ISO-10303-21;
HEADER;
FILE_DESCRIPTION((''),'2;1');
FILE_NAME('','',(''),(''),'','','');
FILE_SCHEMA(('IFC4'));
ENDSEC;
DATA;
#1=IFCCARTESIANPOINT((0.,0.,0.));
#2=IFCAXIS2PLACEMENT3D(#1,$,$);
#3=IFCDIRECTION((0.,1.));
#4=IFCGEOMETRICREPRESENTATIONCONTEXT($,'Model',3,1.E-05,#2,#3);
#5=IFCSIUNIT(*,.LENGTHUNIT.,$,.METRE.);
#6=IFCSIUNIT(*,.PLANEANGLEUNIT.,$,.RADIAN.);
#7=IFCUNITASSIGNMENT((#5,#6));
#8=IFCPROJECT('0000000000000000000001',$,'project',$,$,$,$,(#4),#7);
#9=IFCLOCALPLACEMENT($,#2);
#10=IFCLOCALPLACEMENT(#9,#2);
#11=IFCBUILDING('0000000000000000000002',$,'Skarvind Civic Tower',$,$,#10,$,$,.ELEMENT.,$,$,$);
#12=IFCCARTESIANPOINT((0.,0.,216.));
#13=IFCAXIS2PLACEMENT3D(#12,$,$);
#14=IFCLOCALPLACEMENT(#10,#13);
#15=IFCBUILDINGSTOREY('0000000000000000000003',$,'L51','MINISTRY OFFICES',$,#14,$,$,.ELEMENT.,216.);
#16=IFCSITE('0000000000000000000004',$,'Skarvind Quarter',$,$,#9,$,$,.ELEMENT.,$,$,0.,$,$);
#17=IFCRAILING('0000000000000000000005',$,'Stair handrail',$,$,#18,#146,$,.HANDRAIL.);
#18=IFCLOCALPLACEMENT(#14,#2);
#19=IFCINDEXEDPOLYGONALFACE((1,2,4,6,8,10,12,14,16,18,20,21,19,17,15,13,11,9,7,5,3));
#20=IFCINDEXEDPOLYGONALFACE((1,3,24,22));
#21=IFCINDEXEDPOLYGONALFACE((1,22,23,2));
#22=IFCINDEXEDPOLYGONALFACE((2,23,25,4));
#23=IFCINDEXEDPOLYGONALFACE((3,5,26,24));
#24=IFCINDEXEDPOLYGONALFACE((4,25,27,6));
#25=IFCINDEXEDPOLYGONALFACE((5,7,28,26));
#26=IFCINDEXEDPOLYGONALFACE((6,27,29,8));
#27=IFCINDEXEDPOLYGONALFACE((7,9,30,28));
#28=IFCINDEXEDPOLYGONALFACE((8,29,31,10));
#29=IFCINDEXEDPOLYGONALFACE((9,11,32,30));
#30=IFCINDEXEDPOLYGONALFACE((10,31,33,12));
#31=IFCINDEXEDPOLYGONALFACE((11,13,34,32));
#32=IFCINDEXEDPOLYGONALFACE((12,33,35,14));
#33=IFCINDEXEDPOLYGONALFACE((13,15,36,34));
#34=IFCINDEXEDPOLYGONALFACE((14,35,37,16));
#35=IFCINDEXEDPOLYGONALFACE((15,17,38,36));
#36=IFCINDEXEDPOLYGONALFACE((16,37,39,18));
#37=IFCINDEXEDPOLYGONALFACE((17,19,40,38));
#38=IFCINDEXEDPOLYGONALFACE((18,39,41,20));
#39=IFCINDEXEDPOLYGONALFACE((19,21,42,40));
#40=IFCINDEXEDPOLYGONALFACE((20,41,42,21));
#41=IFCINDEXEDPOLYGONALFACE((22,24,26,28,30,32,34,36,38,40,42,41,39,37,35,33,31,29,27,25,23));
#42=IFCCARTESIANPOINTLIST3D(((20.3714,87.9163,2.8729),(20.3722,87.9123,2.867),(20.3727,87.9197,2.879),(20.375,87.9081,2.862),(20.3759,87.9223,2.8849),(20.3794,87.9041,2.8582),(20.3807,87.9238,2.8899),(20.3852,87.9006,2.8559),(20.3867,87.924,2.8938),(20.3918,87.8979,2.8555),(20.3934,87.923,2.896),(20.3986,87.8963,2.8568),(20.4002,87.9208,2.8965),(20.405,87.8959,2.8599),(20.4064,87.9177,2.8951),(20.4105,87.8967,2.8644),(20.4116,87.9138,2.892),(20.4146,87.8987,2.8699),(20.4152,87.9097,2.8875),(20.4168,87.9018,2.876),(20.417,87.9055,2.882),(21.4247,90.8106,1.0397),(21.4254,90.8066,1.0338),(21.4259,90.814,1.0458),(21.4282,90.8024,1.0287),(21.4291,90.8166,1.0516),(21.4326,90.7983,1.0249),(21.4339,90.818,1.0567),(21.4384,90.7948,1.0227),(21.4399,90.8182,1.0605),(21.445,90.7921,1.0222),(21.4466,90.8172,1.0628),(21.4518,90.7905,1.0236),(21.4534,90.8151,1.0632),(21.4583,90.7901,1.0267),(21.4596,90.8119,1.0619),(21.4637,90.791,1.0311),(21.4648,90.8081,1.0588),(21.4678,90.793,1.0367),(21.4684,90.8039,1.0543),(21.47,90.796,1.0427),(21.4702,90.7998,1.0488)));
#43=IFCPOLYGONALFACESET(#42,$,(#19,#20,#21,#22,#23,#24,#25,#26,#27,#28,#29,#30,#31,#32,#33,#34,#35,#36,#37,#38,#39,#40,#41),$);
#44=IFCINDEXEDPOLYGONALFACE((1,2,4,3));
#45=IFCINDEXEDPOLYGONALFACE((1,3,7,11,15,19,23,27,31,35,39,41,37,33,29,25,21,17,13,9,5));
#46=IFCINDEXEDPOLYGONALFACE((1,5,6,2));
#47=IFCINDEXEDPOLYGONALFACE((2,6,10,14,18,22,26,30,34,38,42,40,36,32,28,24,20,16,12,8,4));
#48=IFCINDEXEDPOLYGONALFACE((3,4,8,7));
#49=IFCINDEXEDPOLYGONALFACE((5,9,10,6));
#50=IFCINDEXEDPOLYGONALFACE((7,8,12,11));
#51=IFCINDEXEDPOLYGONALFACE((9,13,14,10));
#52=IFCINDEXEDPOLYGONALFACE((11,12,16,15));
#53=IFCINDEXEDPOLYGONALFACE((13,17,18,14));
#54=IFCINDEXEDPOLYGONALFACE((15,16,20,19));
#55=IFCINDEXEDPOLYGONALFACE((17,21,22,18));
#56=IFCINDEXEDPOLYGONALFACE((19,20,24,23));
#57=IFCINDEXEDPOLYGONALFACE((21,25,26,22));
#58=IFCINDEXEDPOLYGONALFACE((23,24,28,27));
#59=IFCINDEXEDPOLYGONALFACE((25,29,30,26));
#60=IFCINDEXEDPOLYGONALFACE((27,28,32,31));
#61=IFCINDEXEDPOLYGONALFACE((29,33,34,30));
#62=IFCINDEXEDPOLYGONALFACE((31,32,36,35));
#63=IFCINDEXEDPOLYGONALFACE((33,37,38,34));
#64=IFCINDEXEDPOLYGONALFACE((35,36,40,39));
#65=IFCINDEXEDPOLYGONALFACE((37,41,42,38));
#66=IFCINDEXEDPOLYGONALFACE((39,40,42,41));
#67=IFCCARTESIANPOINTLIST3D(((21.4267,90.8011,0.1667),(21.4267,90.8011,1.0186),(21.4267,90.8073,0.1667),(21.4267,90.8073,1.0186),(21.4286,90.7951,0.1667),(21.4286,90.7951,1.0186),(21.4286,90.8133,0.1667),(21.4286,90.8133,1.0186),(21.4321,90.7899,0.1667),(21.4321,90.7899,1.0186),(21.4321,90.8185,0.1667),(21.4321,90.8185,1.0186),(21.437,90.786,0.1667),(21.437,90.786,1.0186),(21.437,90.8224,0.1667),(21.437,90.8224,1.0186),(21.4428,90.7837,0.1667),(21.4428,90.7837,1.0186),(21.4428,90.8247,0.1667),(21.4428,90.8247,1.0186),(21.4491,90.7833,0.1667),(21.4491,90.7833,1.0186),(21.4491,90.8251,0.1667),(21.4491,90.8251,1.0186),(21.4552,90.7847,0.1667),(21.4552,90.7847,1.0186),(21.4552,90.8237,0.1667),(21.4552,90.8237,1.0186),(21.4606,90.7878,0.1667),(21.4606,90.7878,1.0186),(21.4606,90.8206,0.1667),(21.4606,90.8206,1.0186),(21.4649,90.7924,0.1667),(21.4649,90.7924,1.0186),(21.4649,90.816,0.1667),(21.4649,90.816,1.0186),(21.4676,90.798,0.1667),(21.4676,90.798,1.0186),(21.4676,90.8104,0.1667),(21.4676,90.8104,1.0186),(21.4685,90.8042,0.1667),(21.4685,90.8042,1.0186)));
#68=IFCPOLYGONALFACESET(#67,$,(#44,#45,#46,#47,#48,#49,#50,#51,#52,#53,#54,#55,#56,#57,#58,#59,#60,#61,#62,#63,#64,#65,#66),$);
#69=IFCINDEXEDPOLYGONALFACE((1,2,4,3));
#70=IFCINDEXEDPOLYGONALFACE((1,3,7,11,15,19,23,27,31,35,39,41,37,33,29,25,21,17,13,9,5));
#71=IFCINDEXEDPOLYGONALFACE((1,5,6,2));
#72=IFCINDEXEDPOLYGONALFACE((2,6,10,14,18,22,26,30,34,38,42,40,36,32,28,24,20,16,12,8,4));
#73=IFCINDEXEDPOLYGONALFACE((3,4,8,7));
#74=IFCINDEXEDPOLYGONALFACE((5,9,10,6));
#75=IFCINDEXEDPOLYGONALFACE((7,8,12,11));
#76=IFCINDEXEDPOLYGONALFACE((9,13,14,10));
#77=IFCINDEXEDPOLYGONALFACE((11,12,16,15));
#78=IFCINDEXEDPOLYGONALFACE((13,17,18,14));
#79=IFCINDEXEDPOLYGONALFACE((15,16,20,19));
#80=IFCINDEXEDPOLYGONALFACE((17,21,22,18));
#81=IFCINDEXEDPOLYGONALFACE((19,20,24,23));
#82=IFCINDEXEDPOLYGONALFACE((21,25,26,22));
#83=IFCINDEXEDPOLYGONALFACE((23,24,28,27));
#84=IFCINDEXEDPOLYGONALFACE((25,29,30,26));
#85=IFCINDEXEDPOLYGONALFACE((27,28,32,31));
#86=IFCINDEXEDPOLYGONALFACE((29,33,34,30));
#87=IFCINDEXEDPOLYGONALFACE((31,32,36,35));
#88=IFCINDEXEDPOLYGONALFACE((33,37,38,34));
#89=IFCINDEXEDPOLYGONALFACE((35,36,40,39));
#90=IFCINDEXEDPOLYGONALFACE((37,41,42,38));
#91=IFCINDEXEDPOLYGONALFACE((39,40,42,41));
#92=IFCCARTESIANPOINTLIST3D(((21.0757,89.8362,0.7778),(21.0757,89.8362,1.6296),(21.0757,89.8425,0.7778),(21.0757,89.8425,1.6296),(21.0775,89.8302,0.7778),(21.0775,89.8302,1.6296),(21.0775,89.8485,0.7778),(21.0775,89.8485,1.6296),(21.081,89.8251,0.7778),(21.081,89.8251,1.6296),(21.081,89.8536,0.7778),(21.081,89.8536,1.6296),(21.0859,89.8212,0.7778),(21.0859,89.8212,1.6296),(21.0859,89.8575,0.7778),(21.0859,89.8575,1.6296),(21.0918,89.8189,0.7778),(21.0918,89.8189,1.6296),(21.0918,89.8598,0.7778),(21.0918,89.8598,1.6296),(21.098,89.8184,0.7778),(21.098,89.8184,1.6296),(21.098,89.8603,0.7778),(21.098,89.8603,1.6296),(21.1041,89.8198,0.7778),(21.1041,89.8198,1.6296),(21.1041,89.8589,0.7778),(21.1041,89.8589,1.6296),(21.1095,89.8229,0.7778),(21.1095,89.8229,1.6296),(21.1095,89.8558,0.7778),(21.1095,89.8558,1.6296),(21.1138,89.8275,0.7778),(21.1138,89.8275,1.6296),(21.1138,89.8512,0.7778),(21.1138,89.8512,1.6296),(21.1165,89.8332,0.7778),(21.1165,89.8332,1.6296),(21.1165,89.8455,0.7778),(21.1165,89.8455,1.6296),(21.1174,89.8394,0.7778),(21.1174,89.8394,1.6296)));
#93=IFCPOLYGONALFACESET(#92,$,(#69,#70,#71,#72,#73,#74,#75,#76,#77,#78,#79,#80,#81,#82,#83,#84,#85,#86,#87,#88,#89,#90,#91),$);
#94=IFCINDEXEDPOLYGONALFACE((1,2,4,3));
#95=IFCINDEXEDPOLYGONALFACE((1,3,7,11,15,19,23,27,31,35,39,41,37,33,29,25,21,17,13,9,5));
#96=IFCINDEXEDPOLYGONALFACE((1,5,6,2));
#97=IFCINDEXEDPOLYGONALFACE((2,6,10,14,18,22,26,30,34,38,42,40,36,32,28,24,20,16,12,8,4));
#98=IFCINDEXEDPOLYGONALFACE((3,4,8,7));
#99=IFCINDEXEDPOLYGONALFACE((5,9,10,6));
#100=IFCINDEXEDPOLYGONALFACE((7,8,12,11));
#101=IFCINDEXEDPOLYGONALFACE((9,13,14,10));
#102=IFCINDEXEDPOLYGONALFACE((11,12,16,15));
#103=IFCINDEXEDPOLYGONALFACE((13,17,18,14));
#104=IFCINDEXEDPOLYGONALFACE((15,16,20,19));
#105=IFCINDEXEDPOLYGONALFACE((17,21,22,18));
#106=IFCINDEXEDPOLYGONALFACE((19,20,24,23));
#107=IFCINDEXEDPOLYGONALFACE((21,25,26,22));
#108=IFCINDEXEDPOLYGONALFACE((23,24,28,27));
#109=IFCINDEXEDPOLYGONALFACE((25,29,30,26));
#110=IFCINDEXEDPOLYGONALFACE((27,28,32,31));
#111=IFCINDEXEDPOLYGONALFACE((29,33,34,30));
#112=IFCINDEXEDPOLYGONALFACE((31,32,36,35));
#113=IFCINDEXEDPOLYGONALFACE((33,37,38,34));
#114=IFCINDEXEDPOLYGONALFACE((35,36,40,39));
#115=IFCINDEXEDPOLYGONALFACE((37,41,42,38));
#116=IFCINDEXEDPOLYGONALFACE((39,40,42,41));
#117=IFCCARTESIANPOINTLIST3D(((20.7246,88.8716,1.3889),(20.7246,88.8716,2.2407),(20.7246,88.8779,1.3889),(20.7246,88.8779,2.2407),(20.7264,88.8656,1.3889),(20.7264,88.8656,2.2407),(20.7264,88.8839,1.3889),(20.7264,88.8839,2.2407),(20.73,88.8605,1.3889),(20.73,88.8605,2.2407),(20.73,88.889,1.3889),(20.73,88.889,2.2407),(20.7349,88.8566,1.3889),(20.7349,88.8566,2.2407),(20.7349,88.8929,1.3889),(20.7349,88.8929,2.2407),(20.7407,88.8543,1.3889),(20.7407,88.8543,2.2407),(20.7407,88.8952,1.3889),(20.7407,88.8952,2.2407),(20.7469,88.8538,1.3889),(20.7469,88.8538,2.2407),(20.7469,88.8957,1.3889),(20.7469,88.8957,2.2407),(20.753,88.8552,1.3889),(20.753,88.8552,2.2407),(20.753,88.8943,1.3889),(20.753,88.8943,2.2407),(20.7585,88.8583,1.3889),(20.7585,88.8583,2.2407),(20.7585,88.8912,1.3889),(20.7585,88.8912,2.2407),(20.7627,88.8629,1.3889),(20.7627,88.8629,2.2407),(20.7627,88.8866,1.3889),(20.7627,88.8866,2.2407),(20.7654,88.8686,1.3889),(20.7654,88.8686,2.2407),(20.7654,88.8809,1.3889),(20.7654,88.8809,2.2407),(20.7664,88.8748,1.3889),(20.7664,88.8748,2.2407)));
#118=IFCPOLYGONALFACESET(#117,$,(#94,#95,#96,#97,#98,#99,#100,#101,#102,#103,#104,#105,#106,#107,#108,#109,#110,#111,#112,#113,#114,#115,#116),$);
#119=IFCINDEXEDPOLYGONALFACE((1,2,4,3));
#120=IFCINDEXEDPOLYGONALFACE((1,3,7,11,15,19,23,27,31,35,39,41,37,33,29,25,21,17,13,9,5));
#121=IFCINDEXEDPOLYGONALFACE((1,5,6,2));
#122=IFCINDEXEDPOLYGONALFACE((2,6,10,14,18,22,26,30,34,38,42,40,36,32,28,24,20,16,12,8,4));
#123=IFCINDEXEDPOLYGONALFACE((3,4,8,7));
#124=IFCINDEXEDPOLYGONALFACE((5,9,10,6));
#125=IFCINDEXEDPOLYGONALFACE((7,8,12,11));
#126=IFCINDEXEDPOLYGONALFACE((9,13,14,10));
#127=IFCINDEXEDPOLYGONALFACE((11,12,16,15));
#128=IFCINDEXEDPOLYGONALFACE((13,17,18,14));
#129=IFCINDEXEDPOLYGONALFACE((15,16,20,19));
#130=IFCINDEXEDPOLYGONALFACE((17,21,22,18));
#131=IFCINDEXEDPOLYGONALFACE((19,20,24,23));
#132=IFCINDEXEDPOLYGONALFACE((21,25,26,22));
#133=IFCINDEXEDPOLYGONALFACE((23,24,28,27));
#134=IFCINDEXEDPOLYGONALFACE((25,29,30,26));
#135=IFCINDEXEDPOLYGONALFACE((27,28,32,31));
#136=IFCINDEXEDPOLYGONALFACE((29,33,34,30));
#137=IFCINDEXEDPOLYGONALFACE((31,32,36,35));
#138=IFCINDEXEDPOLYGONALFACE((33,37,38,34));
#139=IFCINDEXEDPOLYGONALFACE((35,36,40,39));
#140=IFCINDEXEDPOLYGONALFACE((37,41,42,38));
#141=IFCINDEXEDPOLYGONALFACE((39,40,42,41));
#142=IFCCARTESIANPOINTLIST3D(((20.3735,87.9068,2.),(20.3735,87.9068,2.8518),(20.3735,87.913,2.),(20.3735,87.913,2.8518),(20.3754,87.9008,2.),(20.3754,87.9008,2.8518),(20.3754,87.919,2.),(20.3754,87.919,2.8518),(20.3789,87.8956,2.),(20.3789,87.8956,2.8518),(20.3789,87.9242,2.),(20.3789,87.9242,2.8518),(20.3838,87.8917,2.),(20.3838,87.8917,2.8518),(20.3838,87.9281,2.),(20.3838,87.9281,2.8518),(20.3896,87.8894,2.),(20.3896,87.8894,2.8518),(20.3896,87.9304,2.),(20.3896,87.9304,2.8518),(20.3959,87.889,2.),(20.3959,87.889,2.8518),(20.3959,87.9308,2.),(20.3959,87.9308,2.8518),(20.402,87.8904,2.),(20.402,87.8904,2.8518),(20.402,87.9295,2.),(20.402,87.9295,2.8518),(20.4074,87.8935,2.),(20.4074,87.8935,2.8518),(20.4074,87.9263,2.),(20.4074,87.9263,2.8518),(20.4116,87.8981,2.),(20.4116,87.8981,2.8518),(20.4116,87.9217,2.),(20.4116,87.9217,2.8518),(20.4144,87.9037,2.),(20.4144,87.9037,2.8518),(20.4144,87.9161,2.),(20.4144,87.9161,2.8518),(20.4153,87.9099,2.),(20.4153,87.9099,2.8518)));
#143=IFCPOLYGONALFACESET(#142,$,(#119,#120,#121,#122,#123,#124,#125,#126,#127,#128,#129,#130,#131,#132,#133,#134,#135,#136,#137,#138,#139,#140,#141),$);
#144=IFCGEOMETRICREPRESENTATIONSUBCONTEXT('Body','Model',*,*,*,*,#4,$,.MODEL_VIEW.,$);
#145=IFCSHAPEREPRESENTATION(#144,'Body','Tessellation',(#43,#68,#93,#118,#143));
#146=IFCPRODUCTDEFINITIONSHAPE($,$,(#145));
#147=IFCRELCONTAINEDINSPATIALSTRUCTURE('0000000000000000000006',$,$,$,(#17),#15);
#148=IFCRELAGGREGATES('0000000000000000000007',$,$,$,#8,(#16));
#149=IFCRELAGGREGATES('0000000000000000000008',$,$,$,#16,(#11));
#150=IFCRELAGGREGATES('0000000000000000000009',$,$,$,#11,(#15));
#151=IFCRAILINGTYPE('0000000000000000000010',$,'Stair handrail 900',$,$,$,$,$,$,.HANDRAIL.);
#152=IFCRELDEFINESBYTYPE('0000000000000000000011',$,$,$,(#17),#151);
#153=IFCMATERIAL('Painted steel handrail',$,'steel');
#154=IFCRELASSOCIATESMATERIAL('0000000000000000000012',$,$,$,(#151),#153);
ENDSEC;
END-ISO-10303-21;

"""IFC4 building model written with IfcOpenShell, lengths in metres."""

from ifc_helpers import new_model, si_unit, direction, frame, origin, origin_2d, place, context, subcontext, project, spatial, circle, extrude, material, type_object, element, save


model = new_model("IFC4")

# Units and contexts
model_context = context("Model", 3, precision=1e-05, world=origin(), true_north=direction((0.0, 1.0)))
body_context = subcontext(model_context, "Body", "Model", "MODEL_VIEW")
ifc_project = project(units=[si_unit("LENGTHUNIT", "METRE"), si_unit("PLANEANGLEUNIT", "RADIAN")], contexts=[model_context])

# Site, building, storey
site_placement = place(None, origin())
site = spatial("IfcSite", under=ifc_project, at=site_placement, Name="Skarvind Quarter", CompositionType="ELEMENT", RefElevation=0.0)
building_placement = place(site_placement, origin())
building = spatial("IfcBuilding", under=site, at=building_placement, Name="Skarvind Civic Tower", CompositionType="ELEMENT")
storey_placement = place(building_placement, frame((0.0, 0.0, 216.0)))
storey = spatial("IfcBuildingStorey", under=building, at=storey_placement, Name="L51", Description="MINISTRY OFFICES", CompositionType="ELEMENT", Elevation=216.0)

# Railing
ifc_material_1 = material(Name="Painted steel handrail", Category="steel")
railing_type = type_object("IfcRailingType", Name="Stair handrail 900", PredefinedType="HANDRAIL", material=ifc_material_1)
railing_1_placement = place(storey_placement, frame((21.4475, 90.8042, 0.1667)))
element("IfcRailing", 1, at=railing_1_placement, inside=storey, type_object=railing_type, Name="Stair handrail", PredefinedType="HANDRAIL", context=body_context, shape_type="SweptSolid", body=[
    extrude(circle(Radius=0.0239, at=origin_2d()), frame((0.0, 0.0, 0.876), z_axis=(-0.293846, -0.807497, 0.511472), x_axis=(0.939715, -0.341959, 0.0)), (0.0, 0.0, 1.0), 3.5842),
    extrude(circle(Radius=0.021, at=origin_2d()), origin(), (0.0, 0.0, 1.0), 0.8518),
    extrude(circle(Radius=0.021, at=origin_2d()), frame((-0.3511, -0.9648, 0.6111)), (0.0, 0.0, 1.0), 0.8518),
    extrude(circle(Radius=0.021, at=origin_2d()), frame((-0.7021, -1.9294, 1.2222)), (0.0, 0.0, 1.0), 0.8518),
    extrude(circle(Radius=0.021, at=origin_2d()), frame((-1.0532, -2.8943, 1.8333)), (0.0, 0.0, 1.0), 0.8518),
])

save(model, "model.ifc")
